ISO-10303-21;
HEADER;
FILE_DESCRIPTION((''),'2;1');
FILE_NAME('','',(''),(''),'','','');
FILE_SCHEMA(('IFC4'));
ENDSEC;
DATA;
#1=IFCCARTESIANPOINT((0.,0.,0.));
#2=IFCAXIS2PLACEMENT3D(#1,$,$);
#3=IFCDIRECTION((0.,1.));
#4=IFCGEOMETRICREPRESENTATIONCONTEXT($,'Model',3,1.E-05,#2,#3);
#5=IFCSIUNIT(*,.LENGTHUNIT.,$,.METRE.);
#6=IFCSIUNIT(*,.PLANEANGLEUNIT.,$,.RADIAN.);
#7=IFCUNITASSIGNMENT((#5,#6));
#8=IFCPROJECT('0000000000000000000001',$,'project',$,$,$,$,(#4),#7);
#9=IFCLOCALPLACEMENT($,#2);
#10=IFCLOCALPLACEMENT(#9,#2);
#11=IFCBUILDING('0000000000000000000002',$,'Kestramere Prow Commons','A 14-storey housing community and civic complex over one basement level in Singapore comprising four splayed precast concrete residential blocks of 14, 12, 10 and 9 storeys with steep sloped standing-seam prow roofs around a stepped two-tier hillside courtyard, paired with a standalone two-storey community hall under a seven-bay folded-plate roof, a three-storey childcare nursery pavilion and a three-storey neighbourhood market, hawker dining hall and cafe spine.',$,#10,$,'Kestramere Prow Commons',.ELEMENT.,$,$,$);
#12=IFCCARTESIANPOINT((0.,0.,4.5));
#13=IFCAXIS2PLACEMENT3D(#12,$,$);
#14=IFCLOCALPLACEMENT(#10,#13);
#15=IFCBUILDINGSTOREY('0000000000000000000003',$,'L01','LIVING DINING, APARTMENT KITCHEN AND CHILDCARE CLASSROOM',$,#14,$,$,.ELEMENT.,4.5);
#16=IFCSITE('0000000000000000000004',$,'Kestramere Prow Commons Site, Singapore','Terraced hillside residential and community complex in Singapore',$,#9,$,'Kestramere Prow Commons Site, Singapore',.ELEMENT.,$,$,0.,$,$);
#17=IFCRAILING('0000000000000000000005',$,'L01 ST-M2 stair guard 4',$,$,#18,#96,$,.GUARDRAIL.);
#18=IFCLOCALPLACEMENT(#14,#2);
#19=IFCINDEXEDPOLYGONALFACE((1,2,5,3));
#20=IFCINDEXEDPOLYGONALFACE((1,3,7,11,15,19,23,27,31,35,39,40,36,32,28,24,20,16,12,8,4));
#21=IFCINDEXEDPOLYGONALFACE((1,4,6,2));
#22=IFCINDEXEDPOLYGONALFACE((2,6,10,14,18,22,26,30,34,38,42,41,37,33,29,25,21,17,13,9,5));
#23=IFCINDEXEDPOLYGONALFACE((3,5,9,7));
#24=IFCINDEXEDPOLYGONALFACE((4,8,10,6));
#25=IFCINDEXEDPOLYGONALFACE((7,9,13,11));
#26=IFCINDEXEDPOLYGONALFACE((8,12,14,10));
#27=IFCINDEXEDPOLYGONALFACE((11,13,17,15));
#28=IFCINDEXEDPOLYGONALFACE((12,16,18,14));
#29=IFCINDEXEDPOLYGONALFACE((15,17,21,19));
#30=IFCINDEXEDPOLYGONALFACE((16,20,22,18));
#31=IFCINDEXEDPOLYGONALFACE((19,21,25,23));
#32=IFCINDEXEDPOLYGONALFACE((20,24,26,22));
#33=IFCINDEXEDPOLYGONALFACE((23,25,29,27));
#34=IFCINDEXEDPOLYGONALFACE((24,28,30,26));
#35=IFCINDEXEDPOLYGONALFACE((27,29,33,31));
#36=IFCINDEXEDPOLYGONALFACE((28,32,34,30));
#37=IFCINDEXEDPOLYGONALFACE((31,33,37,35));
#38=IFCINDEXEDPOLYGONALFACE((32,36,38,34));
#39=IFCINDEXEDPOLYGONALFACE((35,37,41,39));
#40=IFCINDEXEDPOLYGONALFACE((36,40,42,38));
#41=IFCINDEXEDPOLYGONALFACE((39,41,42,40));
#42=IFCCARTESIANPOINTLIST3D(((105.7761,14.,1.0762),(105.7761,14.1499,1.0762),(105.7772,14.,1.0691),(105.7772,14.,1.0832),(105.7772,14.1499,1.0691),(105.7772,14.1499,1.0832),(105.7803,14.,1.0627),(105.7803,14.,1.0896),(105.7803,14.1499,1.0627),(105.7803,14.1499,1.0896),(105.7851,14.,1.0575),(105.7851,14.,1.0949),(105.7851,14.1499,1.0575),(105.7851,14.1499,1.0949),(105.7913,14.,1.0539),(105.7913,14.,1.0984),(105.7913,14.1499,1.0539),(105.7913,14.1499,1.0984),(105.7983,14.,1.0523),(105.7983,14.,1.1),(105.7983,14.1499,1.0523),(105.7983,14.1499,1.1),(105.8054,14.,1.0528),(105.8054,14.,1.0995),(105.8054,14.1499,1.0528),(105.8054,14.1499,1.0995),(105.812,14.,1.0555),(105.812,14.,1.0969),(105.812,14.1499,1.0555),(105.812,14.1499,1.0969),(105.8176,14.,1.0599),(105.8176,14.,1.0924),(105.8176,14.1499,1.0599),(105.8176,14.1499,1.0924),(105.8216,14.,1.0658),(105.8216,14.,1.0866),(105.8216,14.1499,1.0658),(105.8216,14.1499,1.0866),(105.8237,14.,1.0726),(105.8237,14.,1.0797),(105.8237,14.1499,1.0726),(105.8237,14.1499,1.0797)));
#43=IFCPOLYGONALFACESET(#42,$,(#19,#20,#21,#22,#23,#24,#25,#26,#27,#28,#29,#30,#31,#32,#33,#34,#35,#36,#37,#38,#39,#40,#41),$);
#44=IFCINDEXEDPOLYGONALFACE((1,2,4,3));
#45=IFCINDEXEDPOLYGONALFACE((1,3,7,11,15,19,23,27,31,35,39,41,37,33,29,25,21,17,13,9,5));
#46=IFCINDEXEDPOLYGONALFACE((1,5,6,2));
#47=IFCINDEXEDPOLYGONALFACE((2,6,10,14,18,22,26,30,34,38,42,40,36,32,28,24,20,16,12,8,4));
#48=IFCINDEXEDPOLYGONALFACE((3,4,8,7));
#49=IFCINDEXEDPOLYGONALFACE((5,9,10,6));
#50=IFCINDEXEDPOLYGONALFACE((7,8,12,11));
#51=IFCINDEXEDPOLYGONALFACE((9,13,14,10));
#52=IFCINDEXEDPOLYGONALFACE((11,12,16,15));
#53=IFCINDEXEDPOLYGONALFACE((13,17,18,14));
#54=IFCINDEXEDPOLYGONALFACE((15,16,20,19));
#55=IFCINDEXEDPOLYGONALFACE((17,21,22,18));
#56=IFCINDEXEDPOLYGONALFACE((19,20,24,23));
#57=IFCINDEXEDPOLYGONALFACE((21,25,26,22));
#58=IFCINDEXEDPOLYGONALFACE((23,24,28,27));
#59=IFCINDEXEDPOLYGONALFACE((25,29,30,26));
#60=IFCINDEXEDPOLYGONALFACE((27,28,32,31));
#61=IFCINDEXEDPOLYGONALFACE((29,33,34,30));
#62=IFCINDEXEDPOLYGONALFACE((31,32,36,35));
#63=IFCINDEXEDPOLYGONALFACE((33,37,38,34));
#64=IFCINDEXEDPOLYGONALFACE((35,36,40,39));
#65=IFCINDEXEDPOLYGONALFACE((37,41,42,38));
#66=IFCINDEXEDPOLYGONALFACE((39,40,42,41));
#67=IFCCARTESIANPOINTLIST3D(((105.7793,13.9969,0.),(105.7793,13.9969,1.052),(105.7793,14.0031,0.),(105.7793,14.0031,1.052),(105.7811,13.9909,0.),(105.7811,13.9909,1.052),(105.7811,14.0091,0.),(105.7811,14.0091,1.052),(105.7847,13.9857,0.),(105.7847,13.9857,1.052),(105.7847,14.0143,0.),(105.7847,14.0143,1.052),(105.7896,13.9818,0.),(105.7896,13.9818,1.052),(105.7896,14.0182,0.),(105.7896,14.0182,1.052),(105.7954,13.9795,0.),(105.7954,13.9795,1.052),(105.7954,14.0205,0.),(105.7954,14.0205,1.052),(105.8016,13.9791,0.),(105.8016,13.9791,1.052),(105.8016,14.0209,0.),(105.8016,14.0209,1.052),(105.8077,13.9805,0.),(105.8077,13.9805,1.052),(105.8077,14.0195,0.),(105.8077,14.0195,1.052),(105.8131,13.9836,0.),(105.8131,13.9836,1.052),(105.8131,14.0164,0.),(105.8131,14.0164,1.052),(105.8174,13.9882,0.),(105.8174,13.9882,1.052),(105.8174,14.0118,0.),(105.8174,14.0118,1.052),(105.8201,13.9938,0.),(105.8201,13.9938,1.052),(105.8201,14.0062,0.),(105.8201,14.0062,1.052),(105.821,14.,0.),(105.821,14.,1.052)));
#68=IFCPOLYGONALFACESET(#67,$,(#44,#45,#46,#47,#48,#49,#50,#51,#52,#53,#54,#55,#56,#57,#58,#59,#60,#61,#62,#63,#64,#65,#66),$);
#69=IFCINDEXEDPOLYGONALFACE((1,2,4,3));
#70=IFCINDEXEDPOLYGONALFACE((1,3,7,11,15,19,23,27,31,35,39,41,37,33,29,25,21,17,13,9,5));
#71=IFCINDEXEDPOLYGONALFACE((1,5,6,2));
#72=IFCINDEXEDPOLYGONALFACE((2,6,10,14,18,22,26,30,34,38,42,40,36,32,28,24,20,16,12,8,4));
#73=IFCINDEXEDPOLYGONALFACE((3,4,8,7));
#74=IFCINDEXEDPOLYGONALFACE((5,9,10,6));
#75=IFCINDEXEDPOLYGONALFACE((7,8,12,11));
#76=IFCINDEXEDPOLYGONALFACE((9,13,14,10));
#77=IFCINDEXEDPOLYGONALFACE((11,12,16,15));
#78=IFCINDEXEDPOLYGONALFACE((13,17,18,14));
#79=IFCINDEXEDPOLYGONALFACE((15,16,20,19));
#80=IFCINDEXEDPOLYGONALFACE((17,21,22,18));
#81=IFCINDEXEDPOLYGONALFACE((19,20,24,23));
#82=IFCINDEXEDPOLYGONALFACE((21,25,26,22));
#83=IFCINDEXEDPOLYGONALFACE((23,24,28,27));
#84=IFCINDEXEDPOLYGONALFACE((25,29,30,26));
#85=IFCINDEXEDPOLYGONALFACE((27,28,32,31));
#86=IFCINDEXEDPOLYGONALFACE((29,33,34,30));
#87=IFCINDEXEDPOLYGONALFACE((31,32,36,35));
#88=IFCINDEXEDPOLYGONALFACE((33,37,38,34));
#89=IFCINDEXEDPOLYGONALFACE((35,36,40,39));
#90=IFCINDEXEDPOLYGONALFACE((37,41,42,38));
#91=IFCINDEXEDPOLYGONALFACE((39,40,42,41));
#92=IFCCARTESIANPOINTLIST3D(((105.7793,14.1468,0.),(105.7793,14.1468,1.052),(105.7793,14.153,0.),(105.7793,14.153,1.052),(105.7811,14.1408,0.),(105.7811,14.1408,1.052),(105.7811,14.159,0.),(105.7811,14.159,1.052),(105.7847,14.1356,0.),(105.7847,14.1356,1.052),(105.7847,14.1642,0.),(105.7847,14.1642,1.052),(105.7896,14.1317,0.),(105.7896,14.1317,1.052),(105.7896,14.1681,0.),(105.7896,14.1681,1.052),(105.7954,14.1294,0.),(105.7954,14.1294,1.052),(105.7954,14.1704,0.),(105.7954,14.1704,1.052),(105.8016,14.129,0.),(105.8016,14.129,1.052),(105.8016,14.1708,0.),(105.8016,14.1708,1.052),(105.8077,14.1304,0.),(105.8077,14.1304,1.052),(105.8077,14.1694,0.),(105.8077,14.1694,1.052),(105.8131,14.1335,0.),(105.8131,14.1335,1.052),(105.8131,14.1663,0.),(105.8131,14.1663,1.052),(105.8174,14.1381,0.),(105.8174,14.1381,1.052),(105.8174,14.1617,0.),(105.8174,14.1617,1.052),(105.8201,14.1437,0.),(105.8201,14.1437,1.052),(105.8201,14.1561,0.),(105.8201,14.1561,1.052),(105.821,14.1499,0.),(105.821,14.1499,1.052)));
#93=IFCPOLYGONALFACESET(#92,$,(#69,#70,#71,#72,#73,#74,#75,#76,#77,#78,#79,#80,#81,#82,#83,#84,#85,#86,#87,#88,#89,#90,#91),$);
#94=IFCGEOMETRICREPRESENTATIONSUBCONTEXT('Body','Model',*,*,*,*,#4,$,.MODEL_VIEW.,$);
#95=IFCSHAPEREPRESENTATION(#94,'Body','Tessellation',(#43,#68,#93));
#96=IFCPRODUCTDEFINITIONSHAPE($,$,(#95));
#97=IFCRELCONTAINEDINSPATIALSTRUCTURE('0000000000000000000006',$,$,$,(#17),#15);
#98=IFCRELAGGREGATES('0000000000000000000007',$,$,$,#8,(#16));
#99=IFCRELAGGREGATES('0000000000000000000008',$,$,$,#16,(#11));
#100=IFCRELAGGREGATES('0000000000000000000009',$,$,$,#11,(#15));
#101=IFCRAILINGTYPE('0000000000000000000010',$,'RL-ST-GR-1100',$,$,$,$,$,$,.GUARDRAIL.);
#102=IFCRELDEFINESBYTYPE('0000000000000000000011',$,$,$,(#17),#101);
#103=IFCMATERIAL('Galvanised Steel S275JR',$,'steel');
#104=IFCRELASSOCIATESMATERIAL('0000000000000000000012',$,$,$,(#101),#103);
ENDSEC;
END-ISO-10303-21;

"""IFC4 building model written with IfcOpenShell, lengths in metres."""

from ifc_helpers import new_model, si_unit, direction, frame, origin, origin_2d, place, context, subcontext, project, spatial, circle, extrude, material, type_object, element, save


model = new_model("IFC4")

# Units and contexts
model_context = context("Model", 3, precision=1e-05, world=origin(), true_north=direction((0.0, 1.0)))
body_context = subcontext(model_context, "Body", "Model", "MODEL_VIEW")
ifc_project = project(units=[si_unit("LENGTHUNIT", "METRE"), si_unit("PLANEANGLEUNIT", "RADIAN")], contexts=[model_context])

# Site, building, storey
site_placement = place(None, origin())
site = spatial("IfcSite", under=ifc_project, at=site_placement, Name="Kestramere Prow Commons Site, Singapore", Description="Terraced hillside residential and community complex in Singapore", LongName="Kestramere Prow Commons Site, Singapore", CompositionType="ELEMENT", RefElevation=0.0)
building_placement = place(site_placement, origin())
building = spatial("IfcBuilding", under=site, at=building_placement, Name="Kestramere Prow Commons", Description="A 14-storey housing community and civic complex over one basement level in Singapore comprising four splayed precast concrete residential blocks of 14, 12, 10 and 9 storeys with steep sloped standing-seam prow roofs around a stepped two-tier hillside courtyard, paired with a standalone two-storey community hall under a seven-bay folded-plate roof, a three-storey childcare nursery pavilion and a three-storey neighbourhood market, hawker dining hall and cafe spine.", LongName="Kestramere Prow Commons", CompositionType="ELEMENT")
storey_placement = place(building_placement, frame((0.0, 0.0, 4.5)))
storey = spatial("IfcBuildingStorey", under=building, at=storey_placement, Name="L01", Description="LIVING DINING, APARTMENT KITCHEN AND CHILDCARE CLASSROOM", CompositionType="ELEMENT", Elevation=4.5)

# Railing
ifc_material_1 = material(Name="Galvanised Steel S275JR", Category="steel")
railing_type_1 = type_object("IfcRailingType", Name="RL-ST-GR-1100", PredefinedType="GUARDRAIL", material=ifc_material_1)
railing_1_placement = place(storey_placement, frame((105.8, 14.0, 0.0)))
element("IfcRailing", 1, at=railing_1_placement, inside=storey, type_object=railing_type_1, Name="L01 ST-M2 stair guard 4", PredefinedType="GUARDRAIL", context=body_context, shape_type="SweptSolid", body=[
    extrude(circle(Radius=0.0239, at=origin_2d()), frame((0.0, 0.0, 1.0762), z_axis=(0.0, 1.0, 0.0), x_axis=(-1.0, 0.0, 0.0)), (0.0, 0.0, 1.0), 0.1499),
    extrude(circle(Radius=0.021, at=origin_2d()), origin(), (0.0, 0.0, 1.0), 1.052),
    extrude(circle(Radius=0.021, at=origin_2d()), frame((0.0, 0.1499, 0.0)), (0.0, 0.0, 1.0), 1.052),
])

save(model, "model.ifc")
